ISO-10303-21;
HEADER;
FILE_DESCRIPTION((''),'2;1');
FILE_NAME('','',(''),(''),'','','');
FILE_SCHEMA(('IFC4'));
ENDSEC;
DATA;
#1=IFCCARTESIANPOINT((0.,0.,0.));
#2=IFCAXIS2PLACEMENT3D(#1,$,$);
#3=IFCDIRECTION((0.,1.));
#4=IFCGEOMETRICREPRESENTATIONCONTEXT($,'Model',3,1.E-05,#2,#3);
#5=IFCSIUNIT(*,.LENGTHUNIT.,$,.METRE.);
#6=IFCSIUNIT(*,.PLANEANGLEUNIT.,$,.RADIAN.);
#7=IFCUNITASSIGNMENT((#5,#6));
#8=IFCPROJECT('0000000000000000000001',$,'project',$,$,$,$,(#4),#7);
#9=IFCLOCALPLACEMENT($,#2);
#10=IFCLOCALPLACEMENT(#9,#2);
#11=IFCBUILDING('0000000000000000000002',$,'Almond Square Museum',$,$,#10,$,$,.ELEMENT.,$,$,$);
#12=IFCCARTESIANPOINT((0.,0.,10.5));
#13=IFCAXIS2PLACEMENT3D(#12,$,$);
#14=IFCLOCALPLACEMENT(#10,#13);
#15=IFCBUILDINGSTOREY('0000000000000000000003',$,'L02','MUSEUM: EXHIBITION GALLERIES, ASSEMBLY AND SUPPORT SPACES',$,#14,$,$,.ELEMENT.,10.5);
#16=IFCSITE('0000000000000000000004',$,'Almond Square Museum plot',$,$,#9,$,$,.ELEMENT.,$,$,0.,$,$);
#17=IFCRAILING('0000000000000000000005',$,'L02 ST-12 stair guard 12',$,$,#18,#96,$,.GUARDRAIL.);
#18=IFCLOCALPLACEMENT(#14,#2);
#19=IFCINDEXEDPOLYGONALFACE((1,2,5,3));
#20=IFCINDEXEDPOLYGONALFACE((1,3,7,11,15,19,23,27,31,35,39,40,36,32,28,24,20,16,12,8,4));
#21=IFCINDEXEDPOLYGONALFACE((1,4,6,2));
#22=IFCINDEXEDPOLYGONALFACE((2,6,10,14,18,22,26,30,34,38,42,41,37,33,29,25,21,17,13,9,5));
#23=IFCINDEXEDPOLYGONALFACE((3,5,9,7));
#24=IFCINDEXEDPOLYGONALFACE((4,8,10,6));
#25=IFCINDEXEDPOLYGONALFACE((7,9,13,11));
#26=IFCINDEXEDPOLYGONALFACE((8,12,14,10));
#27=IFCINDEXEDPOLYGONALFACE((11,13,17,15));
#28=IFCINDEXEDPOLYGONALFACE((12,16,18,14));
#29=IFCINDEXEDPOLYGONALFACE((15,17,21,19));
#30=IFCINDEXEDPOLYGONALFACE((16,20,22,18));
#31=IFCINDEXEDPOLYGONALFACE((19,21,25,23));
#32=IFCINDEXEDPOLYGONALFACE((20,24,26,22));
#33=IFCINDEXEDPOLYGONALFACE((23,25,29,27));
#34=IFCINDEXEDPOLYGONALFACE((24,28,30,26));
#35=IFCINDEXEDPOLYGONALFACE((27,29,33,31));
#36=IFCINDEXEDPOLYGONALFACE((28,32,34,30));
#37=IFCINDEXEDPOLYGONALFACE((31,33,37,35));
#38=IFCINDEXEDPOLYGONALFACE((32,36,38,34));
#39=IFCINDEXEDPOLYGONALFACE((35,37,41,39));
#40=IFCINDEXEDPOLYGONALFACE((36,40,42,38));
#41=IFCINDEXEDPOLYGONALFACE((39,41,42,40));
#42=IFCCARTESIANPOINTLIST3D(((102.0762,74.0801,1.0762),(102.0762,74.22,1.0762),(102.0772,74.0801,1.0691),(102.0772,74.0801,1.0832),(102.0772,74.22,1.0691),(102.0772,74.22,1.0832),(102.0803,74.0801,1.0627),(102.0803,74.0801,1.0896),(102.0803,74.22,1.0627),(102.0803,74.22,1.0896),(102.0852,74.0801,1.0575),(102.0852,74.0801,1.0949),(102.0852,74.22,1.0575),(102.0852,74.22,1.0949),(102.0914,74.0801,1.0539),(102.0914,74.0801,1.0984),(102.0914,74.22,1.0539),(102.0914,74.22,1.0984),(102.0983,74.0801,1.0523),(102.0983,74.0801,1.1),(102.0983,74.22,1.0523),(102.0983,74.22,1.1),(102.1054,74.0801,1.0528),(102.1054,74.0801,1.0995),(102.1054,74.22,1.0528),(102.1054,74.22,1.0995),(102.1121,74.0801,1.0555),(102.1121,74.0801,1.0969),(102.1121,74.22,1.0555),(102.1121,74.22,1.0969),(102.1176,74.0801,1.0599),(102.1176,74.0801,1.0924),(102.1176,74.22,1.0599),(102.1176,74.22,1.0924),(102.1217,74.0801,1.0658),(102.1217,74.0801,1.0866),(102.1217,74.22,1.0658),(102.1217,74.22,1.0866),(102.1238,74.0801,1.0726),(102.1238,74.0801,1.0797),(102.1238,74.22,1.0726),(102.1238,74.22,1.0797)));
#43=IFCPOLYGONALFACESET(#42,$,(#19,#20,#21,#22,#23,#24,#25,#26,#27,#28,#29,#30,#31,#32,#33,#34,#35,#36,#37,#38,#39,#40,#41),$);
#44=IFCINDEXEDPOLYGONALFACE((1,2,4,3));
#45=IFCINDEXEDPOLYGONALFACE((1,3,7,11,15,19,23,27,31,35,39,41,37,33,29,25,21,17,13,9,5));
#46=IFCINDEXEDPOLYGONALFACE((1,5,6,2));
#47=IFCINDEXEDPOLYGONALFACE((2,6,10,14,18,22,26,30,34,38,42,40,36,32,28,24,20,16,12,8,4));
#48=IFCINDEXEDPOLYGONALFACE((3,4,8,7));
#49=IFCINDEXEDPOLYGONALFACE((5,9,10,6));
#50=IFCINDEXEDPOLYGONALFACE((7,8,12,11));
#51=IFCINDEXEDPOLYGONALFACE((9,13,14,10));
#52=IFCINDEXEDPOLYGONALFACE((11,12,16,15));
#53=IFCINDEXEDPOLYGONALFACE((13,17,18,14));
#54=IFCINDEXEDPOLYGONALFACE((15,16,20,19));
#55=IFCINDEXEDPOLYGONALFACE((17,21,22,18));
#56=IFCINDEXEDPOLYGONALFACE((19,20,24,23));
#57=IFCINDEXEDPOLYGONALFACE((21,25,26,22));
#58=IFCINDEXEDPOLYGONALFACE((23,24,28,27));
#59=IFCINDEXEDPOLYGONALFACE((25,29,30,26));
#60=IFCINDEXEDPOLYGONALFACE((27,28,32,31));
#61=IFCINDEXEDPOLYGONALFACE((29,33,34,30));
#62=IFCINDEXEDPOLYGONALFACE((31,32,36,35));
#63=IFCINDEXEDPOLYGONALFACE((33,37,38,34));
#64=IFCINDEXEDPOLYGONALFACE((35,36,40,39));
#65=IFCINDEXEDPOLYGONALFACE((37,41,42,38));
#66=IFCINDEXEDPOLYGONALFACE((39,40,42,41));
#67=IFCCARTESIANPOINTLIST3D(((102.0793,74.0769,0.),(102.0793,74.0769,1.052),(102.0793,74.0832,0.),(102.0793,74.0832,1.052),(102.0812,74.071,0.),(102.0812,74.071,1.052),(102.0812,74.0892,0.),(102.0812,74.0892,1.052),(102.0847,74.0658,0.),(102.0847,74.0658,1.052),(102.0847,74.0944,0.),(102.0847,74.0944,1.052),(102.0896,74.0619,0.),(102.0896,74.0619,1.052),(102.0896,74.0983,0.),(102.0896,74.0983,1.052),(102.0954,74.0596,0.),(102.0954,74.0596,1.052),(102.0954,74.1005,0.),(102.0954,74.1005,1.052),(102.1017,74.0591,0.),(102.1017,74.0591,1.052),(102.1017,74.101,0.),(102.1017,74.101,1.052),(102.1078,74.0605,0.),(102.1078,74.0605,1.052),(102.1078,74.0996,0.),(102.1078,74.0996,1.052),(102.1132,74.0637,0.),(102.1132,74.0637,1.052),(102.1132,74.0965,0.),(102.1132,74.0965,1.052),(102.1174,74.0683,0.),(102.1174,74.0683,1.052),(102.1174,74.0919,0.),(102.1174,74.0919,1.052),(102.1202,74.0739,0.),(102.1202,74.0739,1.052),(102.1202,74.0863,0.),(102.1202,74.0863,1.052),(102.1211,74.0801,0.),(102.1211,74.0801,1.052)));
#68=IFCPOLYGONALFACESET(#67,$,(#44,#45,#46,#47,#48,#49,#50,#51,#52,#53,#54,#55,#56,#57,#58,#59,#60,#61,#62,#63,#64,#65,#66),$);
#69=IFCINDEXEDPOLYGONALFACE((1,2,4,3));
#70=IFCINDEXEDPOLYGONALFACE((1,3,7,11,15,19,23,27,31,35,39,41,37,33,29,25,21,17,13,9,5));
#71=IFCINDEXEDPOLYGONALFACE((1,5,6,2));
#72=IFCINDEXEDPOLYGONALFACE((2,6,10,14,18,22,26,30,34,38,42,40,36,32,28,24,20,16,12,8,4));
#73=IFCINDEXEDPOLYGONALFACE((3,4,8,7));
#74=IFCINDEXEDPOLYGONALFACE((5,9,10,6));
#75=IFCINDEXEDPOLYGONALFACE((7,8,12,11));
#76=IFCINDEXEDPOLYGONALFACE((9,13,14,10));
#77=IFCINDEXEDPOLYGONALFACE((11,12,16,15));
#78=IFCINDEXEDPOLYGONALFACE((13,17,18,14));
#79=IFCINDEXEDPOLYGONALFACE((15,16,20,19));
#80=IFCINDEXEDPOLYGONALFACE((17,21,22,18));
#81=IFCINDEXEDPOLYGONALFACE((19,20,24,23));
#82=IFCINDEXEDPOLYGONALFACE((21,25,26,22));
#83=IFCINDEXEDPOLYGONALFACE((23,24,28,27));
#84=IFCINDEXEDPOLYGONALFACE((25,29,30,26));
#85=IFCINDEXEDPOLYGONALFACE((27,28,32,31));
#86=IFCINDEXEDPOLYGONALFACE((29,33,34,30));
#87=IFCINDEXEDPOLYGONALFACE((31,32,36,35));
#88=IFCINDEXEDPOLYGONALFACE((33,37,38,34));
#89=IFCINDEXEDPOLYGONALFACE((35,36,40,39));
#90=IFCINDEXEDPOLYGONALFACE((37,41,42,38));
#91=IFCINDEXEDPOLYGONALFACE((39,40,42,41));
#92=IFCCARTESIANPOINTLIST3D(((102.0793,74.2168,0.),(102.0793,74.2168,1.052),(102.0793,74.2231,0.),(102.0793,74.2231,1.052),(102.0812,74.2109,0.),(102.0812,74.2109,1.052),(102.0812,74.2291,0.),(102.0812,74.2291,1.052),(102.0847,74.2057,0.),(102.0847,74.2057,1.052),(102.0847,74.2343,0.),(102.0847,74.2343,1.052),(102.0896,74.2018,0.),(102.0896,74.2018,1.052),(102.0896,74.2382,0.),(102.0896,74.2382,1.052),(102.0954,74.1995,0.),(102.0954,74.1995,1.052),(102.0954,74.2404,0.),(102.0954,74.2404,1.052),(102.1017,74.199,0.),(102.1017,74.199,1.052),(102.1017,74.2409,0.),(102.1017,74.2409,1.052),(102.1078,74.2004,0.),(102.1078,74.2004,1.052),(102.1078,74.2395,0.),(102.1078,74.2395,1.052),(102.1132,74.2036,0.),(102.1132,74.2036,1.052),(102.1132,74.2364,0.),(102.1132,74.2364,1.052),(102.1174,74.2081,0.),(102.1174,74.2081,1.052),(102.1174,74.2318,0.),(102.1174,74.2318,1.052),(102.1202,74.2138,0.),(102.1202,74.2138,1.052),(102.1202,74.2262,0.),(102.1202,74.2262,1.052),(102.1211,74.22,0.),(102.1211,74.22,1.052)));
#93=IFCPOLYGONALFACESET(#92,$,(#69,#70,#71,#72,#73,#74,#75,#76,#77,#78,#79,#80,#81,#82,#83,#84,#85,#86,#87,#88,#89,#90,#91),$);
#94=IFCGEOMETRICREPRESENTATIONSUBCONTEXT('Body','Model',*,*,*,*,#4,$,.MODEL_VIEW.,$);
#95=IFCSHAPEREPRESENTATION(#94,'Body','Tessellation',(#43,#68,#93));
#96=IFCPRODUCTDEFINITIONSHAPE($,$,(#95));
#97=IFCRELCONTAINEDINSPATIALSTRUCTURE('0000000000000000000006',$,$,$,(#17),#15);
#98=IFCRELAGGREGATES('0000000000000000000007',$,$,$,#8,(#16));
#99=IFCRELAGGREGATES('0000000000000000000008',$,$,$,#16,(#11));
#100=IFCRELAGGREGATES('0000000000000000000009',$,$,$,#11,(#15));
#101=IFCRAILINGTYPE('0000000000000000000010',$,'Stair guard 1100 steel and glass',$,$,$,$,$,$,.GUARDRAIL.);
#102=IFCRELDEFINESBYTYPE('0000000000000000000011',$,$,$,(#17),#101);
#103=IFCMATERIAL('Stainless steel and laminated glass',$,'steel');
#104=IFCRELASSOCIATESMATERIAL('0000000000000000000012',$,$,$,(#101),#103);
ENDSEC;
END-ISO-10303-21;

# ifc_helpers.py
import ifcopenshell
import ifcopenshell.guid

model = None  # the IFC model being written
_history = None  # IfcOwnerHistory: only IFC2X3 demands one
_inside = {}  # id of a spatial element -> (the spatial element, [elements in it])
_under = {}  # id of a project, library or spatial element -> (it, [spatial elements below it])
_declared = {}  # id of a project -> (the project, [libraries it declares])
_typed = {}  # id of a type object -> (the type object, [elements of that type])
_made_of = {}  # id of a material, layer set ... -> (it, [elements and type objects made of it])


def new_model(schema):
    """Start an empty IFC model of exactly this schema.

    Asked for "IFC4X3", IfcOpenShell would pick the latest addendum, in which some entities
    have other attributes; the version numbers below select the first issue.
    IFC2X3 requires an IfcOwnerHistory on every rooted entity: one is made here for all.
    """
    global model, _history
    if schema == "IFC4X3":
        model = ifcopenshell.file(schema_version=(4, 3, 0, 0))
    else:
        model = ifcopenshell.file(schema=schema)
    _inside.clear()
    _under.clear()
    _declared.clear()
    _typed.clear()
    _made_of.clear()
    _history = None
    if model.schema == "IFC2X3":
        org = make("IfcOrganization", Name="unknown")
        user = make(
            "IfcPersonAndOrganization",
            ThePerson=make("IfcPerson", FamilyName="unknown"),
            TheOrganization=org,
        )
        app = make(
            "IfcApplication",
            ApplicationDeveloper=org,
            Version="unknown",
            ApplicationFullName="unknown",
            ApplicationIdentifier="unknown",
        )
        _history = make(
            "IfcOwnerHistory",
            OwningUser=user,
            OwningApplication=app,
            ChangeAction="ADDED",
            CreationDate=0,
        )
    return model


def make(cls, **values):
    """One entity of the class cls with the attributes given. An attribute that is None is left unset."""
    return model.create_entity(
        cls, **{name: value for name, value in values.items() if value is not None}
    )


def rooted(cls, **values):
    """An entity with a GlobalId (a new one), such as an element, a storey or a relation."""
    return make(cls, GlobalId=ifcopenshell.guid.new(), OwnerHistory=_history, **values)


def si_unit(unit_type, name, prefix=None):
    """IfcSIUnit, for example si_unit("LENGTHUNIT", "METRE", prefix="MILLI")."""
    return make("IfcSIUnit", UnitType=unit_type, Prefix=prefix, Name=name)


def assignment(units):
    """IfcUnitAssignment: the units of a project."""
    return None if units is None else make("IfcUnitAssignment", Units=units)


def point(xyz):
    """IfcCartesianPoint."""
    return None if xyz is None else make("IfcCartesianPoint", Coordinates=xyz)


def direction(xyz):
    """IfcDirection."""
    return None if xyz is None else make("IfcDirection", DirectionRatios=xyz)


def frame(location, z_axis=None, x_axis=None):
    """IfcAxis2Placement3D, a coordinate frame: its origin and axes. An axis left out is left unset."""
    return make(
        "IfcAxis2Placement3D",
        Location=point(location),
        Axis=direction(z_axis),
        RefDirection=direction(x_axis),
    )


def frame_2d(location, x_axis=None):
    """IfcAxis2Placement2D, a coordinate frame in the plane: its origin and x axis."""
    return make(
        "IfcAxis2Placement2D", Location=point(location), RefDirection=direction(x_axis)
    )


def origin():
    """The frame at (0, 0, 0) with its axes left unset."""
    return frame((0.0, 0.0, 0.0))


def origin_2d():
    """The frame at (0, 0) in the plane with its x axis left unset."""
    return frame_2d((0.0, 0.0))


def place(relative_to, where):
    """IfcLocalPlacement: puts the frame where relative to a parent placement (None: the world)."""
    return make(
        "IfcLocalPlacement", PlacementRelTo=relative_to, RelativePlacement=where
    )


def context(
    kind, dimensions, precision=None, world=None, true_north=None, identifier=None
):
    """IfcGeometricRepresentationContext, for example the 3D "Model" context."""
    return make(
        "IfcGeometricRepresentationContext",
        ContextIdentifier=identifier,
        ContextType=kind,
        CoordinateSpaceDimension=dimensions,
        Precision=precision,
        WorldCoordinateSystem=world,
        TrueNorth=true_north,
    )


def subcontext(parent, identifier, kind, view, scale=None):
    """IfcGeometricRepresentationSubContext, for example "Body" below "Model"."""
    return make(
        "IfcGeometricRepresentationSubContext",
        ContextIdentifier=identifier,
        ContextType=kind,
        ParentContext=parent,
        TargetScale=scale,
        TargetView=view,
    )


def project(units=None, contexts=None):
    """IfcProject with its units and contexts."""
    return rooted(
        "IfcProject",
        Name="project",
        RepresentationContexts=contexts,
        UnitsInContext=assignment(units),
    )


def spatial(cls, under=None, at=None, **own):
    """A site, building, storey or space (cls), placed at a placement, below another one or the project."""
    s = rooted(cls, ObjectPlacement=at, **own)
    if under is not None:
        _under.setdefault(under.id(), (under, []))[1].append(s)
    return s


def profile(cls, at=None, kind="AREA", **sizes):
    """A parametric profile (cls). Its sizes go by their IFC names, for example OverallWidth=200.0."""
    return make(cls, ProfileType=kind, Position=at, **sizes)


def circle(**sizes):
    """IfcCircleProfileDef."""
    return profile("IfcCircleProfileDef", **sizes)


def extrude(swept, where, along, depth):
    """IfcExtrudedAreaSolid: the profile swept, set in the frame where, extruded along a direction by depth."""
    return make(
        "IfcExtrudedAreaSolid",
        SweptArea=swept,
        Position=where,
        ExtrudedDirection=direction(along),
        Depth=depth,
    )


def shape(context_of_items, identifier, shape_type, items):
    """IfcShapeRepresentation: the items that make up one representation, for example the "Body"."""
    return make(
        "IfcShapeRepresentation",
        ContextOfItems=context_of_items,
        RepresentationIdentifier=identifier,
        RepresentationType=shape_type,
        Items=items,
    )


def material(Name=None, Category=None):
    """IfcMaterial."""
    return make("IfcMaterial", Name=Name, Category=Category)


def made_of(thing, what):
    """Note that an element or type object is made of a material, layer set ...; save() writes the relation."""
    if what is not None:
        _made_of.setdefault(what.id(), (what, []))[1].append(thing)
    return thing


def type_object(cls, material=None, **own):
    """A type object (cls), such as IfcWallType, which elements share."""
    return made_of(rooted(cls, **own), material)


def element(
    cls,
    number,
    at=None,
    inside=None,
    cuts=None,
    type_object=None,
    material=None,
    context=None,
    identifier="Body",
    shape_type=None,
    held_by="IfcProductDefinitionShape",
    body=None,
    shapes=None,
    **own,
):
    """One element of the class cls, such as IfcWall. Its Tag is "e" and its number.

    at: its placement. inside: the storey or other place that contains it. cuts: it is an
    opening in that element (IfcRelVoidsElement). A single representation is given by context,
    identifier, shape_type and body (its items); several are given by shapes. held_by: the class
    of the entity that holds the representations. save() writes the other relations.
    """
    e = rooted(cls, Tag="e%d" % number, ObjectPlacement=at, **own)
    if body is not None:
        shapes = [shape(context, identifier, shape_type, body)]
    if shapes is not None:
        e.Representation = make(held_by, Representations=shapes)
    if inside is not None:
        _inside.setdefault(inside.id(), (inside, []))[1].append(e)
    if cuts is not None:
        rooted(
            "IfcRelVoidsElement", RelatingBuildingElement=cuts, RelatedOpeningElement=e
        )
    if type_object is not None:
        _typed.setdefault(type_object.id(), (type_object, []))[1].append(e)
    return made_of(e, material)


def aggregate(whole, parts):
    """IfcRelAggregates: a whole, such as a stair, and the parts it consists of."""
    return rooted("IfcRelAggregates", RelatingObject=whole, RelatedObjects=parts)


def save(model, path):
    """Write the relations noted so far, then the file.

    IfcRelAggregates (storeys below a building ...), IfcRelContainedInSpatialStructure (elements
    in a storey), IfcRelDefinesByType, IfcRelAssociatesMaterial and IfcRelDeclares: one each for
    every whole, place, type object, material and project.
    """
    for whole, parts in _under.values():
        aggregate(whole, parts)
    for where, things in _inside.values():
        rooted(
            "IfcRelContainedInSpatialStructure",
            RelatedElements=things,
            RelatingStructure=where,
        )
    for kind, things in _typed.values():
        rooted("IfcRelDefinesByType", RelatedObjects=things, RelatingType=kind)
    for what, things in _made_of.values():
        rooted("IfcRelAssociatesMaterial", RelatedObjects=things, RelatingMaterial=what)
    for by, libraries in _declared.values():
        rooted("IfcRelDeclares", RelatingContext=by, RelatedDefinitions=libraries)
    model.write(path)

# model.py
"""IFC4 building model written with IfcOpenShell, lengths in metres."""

from ifc_helpers import new_model, si_unit, direction, frame, origin, origin_2d, place, context, subcontext, project, spatial, circle, extrude, material, type_object, element, save


model = new_model("IFC4")

# Units and contexts
model_context = context("Model", 3, precision=1e-05, world=origin(), true_north=direction((0.0, 1.0)))
body_context = subcontext(model_context, "Body", "Model", "MODEL_VIEW")
ifc_project = project(units=[si_unit("LENGTHUNIT", "METRE"), si_unit("PLANEANGLEUNIT", "RADIAN")], contexts=[model_context])

# Site, building, storey
site_placement = place(None, origin())
site = spatial("IfcSite", under=ifc_project, at=site_placement, Name="Almond Square Museum plot", CompositionType="ELEMENT", RefElevation=0.0)
building_placement = place(site_placement, origin())
building = spatial("IfcBuilding", under=site, at=building_placement, Name="Almond Square Museum", CompositionType="ELEMENT")
storey_placement = place(building_placement, frame((0.0, 0.0, 10.5)))
storey = spatial("IfcBuildingStorey", under=building, at=storey_placement, Name="L02", Description="MUSEUM: EXHIBITION GALLERIES, ASSEMBLY AND SUPPORT SPACES", CompositionType="ELEMENT", Elevation=10.5)

# Railing
ifc_material_1 = material(Name="Stainless steel and laminated glass", Category="steel")
railing_type_1 = type_object("IfcRailingType", Name="Stair guard 1100 steel and glass", PredefinedType="GUARDRAIL", material=ifc_material_1)
for number, where, name in (
    (1, (102.1001, 74.0801, 0.0), "L02 ST-12 stair guard 12"),
):
    element("IfcRailing", number, at=place(storey_placement, frame(where)), inside=storey, type_object=railing_type_1, Name=name, PredefinedType="GUARDRAIL", context=body_context, shape_type="SweptSolid", body=[
        extrude(circle(Radius=0.0239, at=origin_2d()), frame((0.0, 0.0, 1.0762), z_axis=(0.0, 1.0, 0.0), x_axis=(-1.0, 0.0, 0.0)), (0.0, 0.0, 1.0), 0.1399),
        extrude(circle(Radius=0.021, at=origin_2d()), origin(), (0.0, 0.0, 1.0), 1.052),
        extrude(circle(Radius=0.021, at=origin_2d()), frame((0.0, 0.1399, 0.0)), (0.0, 0.0, 1.0), 1.052),
    ])

save(model, "model.ifc")
